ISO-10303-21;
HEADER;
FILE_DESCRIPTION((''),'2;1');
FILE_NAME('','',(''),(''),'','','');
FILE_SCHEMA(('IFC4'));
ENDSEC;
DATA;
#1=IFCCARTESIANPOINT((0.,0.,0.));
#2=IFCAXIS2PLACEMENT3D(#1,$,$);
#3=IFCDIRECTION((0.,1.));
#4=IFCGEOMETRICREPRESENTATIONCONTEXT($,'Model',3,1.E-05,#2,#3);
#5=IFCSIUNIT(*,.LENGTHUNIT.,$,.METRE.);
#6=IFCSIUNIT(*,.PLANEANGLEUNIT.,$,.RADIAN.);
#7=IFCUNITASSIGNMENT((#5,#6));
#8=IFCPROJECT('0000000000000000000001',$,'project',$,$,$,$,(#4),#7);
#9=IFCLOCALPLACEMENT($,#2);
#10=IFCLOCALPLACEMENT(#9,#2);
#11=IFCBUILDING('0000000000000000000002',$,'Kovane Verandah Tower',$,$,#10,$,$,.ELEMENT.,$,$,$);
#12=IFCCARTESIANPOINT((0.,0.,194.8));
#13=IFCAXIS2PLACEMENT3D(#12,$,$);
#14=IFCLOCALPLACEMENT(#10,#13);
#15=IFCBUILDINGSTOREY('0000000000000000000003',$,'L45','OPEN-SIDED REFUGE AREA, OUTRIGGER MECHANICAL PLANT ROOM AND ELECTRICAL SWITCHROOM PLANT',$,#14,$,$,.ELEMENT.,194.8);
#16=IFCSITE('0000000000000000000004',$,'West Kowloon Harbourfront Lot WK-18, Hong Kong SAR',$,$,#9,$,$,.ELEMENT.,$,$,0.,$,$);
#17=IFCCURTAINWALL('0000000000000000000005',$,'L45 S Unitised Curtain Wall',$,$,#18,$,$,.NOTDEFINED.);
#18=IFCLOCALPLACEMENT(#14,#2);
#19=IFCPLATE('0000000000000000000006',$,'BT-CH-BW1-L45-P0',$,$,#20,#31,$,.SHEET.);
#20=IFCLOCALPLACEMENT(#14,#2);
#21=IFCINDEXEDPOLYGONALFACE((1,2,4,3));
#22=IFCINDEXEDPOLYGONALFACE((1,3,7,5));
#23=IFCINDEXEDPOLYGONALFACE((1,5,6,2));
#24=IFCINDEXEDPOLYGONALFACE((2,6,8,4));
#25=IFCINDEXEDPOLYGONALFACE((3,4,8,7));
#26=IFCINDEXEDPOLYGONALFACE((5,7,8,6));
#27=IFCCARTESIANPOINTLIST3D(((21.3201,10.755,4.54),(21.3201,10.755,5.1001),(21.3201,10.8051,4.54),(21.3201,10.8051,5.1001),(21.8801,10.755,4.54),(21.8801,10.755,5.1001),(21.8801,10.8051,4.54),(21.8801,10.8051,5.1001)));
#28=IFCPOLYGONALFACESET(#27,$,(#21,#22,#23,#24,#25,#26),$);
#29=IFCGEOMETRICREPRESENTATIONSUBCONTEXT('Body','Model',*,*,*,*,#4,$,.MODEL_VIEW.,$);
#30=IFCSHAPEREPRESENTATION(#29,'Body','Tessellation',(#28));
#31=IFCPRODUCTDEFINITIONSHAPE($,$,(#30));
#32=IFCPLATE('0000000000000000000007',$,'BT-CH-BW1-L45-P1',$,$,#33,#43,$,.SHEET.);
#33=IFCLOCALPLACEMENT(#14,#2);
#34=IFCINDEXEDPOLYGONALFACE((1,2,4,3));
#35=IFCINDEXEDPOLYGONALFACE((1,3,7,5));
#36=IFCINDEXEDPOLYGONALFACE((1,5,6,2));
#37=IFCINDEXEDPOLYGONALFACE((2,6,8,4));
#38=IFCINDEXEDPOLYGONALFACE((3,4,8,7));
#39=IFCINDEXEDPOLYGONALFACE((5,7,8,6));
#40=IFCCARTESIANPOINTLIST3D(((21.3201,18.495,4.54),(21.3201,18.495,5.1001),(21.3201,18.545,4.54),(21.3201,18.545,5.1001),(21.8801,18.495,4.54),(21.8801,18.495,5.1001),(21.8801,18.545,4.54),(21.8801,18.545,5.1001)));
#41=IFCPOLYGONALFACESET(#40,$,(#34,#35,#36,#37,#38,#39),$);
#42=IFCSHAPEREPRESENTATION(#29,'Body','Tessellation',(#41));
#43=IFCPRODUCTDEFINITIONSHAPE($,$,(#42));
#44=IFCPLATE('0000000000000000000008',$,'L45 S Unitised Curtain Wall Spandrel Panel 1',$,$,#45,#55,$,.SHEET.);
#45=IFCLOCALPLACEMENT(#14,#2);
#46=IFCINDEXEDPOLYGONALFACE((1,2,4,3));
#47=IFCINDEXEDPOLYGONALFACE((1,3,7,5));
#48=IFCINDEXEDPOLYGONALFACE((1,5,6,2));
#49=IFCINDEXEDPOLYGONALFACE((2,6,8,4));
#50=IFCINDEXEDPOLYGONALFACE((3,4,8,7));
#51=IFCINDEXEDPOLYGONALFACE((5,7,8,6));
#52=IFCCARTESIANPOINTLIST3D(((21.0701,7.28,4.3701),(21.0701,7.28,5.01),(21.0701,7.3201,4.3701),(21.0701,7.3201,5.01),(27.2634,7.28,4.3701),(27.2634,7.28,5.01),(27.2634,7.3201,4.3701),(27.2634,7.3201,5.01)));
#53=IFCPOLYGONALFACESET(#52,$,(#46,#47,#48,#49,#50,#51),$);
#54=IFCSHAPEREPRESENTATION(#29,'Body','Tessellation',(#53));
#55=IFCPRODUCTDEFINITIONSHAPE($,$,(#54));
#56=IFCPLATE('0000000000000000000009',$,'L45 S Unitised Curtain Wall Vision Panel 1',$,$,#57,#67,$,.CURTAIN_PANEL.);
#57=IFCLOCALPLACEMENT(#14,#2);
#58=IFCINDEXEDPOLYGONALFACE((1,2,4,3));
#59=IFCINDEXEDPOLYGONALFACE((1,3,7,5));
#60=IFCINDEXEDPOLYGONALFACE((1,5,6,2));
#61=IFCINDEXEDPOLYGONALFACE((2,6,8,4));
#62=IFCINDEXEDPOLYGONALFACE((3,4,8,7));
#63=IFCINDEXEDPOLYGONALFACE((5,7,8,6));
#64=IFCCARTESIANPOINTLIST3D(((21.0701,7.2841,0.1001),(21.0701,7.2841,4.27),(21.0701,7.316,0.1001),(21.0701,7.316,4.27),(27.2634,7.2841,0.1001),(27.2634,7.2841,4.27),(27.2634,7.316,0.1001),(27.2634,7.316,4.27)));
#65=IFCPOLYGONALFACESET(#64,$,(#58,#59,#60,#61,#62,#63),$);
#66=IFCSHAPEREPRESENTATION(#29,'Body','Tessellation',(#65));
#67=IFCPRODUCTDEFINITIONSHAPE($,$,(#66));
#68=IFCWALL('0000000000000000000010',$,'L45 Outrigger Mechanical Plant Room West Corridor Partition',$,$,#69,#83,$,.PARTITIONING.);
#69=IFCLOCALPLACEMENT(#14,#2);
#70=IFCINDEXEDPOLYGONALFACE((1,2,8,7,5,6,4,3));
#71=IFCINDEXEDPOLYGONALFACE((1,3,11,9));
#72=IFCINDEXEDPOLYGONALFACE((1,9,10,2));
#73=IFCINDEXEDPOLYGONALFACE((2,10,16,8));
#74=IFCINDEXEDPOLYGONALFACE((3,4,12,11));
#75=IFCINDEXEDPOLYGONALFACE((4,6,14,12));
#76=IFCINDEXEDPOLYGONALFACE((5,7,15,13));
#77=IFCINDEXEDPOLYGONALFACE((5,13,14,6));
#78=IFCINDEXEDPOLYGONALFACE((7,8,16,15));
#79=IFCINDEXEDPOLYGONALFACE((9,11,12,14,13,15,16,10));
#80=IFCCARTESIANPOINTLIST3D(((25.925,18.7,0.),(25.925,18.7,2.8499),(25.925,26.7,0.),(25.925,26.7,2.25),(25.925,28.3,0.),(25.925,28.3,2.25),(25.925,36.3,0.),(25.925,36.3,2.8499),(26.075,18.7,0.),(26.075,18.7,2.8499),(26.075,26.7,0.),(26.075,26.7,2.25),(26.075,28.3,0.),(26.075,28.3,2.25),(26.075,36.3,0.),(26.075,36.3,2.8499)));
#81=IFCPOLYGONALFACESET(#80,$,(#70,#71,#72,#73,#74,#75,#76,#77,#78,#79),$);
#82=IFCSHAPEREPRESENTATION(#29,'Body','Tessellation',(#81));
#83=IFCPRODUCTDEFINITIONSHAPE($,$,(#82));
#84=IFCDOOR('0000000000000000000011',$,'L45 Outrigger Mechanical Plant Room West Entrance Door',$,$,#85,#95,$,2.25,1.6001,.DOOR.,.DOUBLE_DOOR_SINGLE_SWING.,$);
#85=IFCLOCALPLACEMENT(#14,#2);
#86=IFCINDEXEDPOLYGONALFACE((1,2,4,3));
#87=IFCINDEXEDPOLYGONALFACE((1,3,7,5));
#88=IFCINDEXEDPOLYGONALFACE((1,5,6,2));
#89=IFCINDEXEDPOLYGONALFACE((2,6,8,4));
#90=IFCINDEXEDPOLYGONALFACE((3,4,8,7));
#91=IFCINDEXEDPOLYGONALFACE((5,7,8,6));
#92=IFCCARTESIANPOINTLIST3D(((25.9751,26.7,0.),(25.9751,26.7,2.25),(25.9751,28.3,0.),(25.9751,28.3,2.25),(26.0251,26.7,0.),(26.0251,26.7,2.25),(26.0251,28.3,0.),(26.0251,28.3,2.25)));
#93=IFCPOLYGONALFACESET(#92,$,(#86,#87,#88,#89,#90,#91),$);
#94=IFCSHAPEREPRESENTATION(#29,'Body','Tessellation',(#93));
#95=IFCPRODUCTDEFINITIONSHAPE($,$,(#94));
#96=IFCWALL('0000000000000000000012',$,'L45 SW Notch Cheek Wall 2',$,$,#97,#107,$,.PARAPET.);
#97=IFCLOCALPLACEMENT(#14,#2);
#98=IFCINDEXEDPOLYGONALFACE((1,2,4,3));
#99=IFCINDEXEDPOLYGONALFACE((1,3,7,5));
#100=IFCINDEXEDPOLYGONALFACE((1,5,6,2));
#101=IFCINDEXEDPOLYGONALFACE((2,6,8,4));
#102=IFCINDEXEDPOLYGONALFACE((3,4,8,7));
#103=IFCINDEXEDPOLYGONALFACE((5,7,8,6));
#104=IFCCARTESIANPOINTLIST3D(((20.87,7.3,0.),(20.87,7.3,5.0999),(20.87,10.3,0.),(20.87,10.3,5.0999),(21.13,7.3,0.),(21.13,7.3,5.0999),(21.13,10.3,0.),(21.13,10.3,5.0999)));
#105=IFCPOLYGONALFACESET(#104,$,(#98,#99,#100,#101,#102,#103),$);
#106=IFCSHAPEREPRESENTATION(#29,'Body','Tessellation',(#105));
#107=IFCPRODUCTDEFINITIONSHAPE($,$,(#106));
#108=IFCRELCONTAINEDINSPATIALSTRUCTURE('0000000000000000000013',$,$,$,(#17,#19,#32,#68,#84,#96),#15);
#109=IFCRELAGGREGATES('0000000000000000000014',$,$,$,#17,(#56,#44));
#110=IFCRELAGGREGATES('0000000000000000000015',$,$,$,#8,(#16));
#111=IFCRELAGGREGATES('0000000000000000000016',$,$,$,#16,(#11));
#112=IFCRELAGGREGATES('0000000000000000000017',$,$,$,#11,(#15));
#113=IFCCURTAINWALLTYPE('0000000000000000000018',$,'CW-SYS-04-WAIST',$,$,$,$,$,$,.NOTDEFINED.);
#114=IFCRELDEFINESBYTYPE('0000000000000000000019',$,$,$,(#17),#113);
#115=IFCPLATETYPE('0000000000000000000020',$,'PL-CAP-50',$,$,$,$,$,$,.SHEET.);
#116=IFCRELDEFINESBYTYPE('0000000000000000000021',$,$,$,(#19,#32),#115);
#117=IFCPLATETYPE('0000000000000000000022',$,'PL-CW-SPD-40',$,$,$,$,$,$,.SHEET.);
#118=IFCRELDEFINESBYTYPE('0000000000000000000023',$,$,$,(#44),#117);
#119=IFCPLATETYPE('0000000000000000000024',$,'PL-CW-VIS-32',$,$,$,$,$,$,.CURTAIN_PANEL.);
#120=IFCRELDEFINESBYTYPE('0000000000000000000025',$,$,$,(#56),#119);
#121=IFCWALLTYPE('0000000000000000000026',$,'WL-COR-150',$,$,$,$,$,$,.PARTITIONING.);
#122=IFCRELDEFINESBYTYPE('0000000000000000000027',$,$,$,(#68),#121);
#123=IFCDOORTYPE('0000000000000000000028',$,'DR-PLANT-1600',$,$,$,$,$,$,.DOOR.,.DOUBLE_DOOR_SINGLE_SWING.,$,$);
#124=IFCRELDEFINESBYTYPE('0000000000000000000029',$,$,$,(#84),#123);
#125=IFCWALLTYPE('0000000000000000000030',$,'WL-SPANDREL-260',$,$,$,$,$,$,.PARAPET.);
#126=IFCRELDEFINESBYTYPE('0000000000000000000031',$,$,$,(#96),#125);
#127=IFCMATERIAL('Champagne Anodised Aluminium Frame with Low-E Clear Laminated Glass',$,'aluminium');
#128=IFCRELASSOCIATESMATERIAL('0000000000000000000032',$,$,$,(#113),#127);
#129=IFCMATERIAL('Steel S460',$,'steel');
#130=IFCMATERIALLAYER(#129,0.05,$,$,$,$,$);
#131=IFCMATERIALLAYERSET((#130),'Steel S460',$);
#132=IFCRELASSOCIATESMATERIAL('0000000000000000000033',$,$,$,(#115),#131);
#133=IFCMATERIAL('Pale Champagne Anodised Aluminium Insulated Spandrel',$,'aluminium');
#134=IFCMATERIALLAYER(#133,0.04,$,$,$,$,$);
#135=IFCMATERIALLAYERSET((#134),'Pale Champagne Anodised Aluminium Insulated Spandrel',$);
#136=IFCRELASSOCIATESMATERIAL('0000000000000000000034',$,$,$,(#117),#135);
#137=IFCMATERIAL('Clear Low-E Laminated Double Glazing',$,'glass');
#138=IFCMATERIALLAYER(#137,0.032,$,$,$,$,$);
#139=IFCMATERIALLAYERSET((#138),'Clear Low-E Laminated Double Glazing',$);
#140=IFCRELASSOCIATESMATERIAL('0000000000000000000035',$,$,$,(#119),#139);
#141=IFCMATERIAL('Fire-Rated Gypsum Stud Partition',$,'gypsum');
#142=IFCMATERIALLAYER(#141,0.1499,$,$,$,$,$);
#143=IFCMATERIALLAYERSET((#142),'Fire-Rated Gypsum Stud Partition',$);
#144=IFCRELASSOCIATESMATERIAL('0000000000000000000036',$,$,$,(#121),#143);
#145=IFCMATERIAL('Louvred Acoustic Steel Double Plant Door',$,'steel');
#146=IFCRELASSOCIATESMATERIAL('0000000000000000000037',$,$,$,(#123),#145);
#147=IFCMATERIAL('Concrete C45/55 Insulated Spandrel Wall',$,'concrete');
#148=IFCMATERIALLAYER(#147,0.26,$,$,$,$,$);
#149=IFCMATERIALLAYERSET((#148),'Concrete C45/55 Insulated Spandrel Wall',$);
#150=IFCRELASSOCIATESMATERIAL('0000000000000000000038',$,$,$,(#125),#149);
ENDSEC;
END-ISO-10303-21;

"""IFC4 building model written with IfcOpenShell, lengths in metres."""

from ifc_helpers import new_model, si_unit, direction, frame, frame_2d, origin, origin_2d, place, context, subcontext, project, spatial, rectangle, extrude, material, layer, layer_set, type_object, element, fill, aggregate, save


model = new_model("IFC4")

# Units and contexts
model_context = context("Model", 3, precision=1e-05, world=origin(), true_north=direction((0.0, 1.0)))
body_context = subcontext(model_context, "Body", "Model", "MODEL_VIEW")
ifc_project = project(units=[si_unit("LENGTHUNIT", "METRE"), si_unit("PLANEANGLEUNIT", "RADIAN")], contexts=[model_context])

# Site, building, storey
site_placement = place(None, origin())
site = spatial("IfcSite", under=ifc_project, at=site_placement, Name="West Kowloon Harbourfront Lot WK-18, Hong Kong SAR", CompositionType="ELEMENT", RefElevation=0.0)
building_placement = place(site_placement, origin())
building = spatial("IfcBuilding", under=site, at=building_placement, Name="Kovane Verandah Tower", CompositionType="ELEMENT")
storey_placement = place(building_placement, frame((0.0, 0.0, 194.8)))
storey = spatial("IfcBuildingStorey", under=building, at=storey_placement, Name="L45", Description="OPEN-SIDED REFUGE AREA, OUTRIGGER MECHANICAL PLANT ROOM AND ELECTRICAL SWITCHROOM PLANT", CompositionType="ELEMENT", Elevation=194.8)

# Shared definitions
ifc_material_1 = material(Name="Steel S460", Category="steel")

# Curtain wall
ifc_material_2 = material(Name="Champagne Anodised Aluminium Frame with Low-E Clear Laminated Glass", Category="aluminium")
curtain_wall_type = type_object("IfcCurtainWallType", Name="CW-SYS-04-WAIST", PredefinedType="NOTDEFINED", material=ifc_material_2)
curtain_wall_placement = place(storey_placement, origin())
curtain_wall = element("IfcCurtainWall", 1, at=curtain_wall_placement, inside=storey, type_object=curtain_wall_type, Name="L45 S Unitised Curtain Wall", PredefinedType="NOTDEFINED")

# Plates
ifc_layer_1 = layer(ifc_material_1, 0.05)
ifc_layer_set_1 = layer_set([ifc_layer_1], Name="Steel S460")
plate_type_1 = type_object("IfcPlateType", Name="PL-CAP-50", PredefinedType="SHEET", material=ifc_layer_set_1)
for number, where, z_axis, x_axis, name in (
    (2, (21.6001, 10.78, 4.54), (0.0, 0.0, 1.0), (0.0, 1.0, 0.0), "BT-CH-BW1-L45-P0"),
    (3, (21.6001, 18.52, 4.54), (0.0, 0.0, 1.0), (0.0, 1.0, 0.0), "BT-CH-BW1-L45-P1"),
):
    element("IfcPlate", number, at=place(storey_placement, frame(where, z_axis=z_axis, x_axis=x_axis)), inside=storey, type_object=plate_type_1, Name=name, PredefinedType="SHEET", context=body_context, shape_type="SweptSolid", body=[
        extrude(rectangle(XDim=0.05, YDim=0.5601, at=origin_2d()), origin(), (0.0, 0.0, 1.0), 0.5601),
    ])

# Plates
ifc_material_3 = material(Name="Pale Champagne Anodised Aluminium Insulated Spandrel", Category="aluminium")
ifc_layer_2 = layer(ifc_material_3, 0.04)
ifc_layer_set_2 = layer_set([ifc_layer_2], Name="Pale Champagne Anodised Aluminium Insulated Spandrel")
plate_type_2 = type_object("IfcPlateType", Name="PL-CW-SPD-40", PredefinedType="SHEET", material=ifc_layer_set_2)
plate_1_placement = place(storey_placement, frame((24.1667, 7.3, 4.3701), z_axis=(0.0, 0.0, 1.0), x_axis=(1.0, 0.0, 0.0)))
plate_1 = element("IfcPlate", 4, at=plate_1_placement, type_object=plate_type_2, Name="L45 S Unitised Curtain Wall Spandrel Panel 1", PredefinedType="SHEET", context=body_context, shape_type="SweptSolid", body=[
    extrude(rectangle(XDim=6.1934, YDim=0.04, at=origin_2d()), origin(), (0.0, 0.0, 1.0), 0.6399),
])
ifc_material_4 = material(Name="Clear Low-E Laminated Double Glazing", Category="glass")
ifc_layer_3 = layer(ifc_material_4, 0.032)
ifc_layer_set_3 = layer_set([ifc_layer_3], Name="Clear Low-E Laminated Double Glazing")
plate_type_3 = type_object("IfcPlateType", Name="PL-CW-VIS-32", PredefinedType="CURTAIN_PANEL", material=ifc_layer_set_3)
plate_2_placement = place(storey_placement, frame((24.1667, 7.3, 0.1001), z_axis=(0.0, 0.0, 1.0), x_axis=(1.0, 0.0, 0.0)))
plate_2 = element("IfcPlate", 5, at=plate_2_placement, type_object=plate_type_3, Name="L45 S Unitised Curtain Wall Vision Panel 1", PredefinedType="CURTAIN_PANEL", context=body_context, shape_type="SweptSolid", body=[
    extrude(rectangle(XDim=6.1934, YDim=0.032, at=origin_2d()), origin(), (0.0, 0.0, 1.0), 4.1699),
])
aggregate(curtain_wall, [plate_2, plate_1])

# Wall, opening, door
ifc_material_5 = material(Name="Fire-Rated Gypsum Stud Partition", Category="gypsum")
ifc_layer_4 = layer(ifc_material_5, 0.1499)
ifc_layer_set_4 = layer_set([ifc_layer_4], Name="Fire-Rated Gypsum Stud Partition")
wall_type_1 = type_object("IfcWallType", Name="WL-COR-150", PredefinedType="PARTITIONING", material=ifc_layer_set_4)
wall_1_placement = place(storey_placement, frame((26.0, 18.7, 0.0), z_axis=(0.0, 0.0, 1.0), x_axis=(0.0, 1.0, 0.0)))
wall_1 = element("IfcWall", 6, at=wall_1_placement, inside=storey, type_object=wall_type_1, Name="L45 Outrigger Mechanical Plant Room West Corridor Partition", PredefinedType="PARTITIONING", context=body_context, shape_type="SweptSolid", body=[
    extrude(rectangle(XDim=17.6001, YDim=0.1499, at=frame_2d((8.8, 0.0))), origin(), (0.0, 0.0, 1.0), 2.8499),
])
opening_placement = place(wall_1_placement, frame((8.0, 0.0, 0.0)))
opening = element("IfcOpeningElement", 7, at=opening_placement, cuts=wall_1, PredefinedType="OPENING", context=body_context, shape_type="SweptSolid", body=[
    extrude(rectangle(XDim=1.6001, YDim=2.25, at=frame_2d((0.8, 1.125))), frame((0.0, 0.075, 0.0), z_axis=(0.0, -1.0, 0.0), x_axis=(1.0, 0.0, 0.0)), (0.0, 0.0, 1.0), 0.1499),
])
ifc_material_6 = material(Name="Louvred Acoustic Steel Double Plant Door", Category="steel")
door_type = type_object("IfcDoorType", Name="DR-PLANT-1600", OperationType="DOUBLE_DOOR_SINGLE_SWING", PredefinedType="DOOR", material=ifc_material_6)
door_placement = place(opening_placement, origin())
door = element("IfcDoor", 8, at=door_placement, inside=storey, type_object=door_type, Name="L45 Outrigger Mechanical Plant Room West Entrance Door", OperationType="DOUBLE_DOOR_SINGLE_SWING", OverallHeight=2.25, OverallWidth=1.6001, PredefinedType="DOOR", context=body_context, shape_type="SweptSolid", body=[
    extrude(rectangle(XDim=1.6001, YDim=2.25, at=frame_2d((0.8, 1.125))), frame((0.0, 0.0249, 0.0), z_axis=(0.0, -1.0, 0.0), x_axis=(1.0, 0.0, 0.0)), (0.0, 0.0, 1.0), 0.05),
])
fill(opening, door)

# Wall
ifc_material_7 = material(Name="Concrete C45/55 Insulated Spandrel Wall", Category="concrete")
ifc_layer_5 = layer(ifc_material_7, 0.26)
ifc_layer_set_5 = layer_set([ifc_layer_5], Name="Concrete C45/55 Insulated Spandrel Wall")
wall_type_2 = type_object("IfcWallType", Name="WL-SPANDREL-260", PredefinedType="PARAPET", material=ifc_layer_set_5)
wall_2_placement = place(storey_placement, frame((21.0, 10.3, 0.0), z_axis=(0.0, 0.0, 1.0), x_axis=(0.0, -1.0, 0.0)))
element("IfcWall", 9, at=wall_2_placement, inside=storey, type_object=wall_type_2, Name="L45 SW Notch Cheek Wall 2", PredefinedType="PARAPET", context=body_context, shape_type="SweptSolid", body=[
    extrude(rectangle(XDim=3.0, YDim=0.26, at=frame_2d((1.5, 0.0))), origin(), (0.0, 0.0, 1.0), 5.0999),
])

save(model, "model.ifc")
